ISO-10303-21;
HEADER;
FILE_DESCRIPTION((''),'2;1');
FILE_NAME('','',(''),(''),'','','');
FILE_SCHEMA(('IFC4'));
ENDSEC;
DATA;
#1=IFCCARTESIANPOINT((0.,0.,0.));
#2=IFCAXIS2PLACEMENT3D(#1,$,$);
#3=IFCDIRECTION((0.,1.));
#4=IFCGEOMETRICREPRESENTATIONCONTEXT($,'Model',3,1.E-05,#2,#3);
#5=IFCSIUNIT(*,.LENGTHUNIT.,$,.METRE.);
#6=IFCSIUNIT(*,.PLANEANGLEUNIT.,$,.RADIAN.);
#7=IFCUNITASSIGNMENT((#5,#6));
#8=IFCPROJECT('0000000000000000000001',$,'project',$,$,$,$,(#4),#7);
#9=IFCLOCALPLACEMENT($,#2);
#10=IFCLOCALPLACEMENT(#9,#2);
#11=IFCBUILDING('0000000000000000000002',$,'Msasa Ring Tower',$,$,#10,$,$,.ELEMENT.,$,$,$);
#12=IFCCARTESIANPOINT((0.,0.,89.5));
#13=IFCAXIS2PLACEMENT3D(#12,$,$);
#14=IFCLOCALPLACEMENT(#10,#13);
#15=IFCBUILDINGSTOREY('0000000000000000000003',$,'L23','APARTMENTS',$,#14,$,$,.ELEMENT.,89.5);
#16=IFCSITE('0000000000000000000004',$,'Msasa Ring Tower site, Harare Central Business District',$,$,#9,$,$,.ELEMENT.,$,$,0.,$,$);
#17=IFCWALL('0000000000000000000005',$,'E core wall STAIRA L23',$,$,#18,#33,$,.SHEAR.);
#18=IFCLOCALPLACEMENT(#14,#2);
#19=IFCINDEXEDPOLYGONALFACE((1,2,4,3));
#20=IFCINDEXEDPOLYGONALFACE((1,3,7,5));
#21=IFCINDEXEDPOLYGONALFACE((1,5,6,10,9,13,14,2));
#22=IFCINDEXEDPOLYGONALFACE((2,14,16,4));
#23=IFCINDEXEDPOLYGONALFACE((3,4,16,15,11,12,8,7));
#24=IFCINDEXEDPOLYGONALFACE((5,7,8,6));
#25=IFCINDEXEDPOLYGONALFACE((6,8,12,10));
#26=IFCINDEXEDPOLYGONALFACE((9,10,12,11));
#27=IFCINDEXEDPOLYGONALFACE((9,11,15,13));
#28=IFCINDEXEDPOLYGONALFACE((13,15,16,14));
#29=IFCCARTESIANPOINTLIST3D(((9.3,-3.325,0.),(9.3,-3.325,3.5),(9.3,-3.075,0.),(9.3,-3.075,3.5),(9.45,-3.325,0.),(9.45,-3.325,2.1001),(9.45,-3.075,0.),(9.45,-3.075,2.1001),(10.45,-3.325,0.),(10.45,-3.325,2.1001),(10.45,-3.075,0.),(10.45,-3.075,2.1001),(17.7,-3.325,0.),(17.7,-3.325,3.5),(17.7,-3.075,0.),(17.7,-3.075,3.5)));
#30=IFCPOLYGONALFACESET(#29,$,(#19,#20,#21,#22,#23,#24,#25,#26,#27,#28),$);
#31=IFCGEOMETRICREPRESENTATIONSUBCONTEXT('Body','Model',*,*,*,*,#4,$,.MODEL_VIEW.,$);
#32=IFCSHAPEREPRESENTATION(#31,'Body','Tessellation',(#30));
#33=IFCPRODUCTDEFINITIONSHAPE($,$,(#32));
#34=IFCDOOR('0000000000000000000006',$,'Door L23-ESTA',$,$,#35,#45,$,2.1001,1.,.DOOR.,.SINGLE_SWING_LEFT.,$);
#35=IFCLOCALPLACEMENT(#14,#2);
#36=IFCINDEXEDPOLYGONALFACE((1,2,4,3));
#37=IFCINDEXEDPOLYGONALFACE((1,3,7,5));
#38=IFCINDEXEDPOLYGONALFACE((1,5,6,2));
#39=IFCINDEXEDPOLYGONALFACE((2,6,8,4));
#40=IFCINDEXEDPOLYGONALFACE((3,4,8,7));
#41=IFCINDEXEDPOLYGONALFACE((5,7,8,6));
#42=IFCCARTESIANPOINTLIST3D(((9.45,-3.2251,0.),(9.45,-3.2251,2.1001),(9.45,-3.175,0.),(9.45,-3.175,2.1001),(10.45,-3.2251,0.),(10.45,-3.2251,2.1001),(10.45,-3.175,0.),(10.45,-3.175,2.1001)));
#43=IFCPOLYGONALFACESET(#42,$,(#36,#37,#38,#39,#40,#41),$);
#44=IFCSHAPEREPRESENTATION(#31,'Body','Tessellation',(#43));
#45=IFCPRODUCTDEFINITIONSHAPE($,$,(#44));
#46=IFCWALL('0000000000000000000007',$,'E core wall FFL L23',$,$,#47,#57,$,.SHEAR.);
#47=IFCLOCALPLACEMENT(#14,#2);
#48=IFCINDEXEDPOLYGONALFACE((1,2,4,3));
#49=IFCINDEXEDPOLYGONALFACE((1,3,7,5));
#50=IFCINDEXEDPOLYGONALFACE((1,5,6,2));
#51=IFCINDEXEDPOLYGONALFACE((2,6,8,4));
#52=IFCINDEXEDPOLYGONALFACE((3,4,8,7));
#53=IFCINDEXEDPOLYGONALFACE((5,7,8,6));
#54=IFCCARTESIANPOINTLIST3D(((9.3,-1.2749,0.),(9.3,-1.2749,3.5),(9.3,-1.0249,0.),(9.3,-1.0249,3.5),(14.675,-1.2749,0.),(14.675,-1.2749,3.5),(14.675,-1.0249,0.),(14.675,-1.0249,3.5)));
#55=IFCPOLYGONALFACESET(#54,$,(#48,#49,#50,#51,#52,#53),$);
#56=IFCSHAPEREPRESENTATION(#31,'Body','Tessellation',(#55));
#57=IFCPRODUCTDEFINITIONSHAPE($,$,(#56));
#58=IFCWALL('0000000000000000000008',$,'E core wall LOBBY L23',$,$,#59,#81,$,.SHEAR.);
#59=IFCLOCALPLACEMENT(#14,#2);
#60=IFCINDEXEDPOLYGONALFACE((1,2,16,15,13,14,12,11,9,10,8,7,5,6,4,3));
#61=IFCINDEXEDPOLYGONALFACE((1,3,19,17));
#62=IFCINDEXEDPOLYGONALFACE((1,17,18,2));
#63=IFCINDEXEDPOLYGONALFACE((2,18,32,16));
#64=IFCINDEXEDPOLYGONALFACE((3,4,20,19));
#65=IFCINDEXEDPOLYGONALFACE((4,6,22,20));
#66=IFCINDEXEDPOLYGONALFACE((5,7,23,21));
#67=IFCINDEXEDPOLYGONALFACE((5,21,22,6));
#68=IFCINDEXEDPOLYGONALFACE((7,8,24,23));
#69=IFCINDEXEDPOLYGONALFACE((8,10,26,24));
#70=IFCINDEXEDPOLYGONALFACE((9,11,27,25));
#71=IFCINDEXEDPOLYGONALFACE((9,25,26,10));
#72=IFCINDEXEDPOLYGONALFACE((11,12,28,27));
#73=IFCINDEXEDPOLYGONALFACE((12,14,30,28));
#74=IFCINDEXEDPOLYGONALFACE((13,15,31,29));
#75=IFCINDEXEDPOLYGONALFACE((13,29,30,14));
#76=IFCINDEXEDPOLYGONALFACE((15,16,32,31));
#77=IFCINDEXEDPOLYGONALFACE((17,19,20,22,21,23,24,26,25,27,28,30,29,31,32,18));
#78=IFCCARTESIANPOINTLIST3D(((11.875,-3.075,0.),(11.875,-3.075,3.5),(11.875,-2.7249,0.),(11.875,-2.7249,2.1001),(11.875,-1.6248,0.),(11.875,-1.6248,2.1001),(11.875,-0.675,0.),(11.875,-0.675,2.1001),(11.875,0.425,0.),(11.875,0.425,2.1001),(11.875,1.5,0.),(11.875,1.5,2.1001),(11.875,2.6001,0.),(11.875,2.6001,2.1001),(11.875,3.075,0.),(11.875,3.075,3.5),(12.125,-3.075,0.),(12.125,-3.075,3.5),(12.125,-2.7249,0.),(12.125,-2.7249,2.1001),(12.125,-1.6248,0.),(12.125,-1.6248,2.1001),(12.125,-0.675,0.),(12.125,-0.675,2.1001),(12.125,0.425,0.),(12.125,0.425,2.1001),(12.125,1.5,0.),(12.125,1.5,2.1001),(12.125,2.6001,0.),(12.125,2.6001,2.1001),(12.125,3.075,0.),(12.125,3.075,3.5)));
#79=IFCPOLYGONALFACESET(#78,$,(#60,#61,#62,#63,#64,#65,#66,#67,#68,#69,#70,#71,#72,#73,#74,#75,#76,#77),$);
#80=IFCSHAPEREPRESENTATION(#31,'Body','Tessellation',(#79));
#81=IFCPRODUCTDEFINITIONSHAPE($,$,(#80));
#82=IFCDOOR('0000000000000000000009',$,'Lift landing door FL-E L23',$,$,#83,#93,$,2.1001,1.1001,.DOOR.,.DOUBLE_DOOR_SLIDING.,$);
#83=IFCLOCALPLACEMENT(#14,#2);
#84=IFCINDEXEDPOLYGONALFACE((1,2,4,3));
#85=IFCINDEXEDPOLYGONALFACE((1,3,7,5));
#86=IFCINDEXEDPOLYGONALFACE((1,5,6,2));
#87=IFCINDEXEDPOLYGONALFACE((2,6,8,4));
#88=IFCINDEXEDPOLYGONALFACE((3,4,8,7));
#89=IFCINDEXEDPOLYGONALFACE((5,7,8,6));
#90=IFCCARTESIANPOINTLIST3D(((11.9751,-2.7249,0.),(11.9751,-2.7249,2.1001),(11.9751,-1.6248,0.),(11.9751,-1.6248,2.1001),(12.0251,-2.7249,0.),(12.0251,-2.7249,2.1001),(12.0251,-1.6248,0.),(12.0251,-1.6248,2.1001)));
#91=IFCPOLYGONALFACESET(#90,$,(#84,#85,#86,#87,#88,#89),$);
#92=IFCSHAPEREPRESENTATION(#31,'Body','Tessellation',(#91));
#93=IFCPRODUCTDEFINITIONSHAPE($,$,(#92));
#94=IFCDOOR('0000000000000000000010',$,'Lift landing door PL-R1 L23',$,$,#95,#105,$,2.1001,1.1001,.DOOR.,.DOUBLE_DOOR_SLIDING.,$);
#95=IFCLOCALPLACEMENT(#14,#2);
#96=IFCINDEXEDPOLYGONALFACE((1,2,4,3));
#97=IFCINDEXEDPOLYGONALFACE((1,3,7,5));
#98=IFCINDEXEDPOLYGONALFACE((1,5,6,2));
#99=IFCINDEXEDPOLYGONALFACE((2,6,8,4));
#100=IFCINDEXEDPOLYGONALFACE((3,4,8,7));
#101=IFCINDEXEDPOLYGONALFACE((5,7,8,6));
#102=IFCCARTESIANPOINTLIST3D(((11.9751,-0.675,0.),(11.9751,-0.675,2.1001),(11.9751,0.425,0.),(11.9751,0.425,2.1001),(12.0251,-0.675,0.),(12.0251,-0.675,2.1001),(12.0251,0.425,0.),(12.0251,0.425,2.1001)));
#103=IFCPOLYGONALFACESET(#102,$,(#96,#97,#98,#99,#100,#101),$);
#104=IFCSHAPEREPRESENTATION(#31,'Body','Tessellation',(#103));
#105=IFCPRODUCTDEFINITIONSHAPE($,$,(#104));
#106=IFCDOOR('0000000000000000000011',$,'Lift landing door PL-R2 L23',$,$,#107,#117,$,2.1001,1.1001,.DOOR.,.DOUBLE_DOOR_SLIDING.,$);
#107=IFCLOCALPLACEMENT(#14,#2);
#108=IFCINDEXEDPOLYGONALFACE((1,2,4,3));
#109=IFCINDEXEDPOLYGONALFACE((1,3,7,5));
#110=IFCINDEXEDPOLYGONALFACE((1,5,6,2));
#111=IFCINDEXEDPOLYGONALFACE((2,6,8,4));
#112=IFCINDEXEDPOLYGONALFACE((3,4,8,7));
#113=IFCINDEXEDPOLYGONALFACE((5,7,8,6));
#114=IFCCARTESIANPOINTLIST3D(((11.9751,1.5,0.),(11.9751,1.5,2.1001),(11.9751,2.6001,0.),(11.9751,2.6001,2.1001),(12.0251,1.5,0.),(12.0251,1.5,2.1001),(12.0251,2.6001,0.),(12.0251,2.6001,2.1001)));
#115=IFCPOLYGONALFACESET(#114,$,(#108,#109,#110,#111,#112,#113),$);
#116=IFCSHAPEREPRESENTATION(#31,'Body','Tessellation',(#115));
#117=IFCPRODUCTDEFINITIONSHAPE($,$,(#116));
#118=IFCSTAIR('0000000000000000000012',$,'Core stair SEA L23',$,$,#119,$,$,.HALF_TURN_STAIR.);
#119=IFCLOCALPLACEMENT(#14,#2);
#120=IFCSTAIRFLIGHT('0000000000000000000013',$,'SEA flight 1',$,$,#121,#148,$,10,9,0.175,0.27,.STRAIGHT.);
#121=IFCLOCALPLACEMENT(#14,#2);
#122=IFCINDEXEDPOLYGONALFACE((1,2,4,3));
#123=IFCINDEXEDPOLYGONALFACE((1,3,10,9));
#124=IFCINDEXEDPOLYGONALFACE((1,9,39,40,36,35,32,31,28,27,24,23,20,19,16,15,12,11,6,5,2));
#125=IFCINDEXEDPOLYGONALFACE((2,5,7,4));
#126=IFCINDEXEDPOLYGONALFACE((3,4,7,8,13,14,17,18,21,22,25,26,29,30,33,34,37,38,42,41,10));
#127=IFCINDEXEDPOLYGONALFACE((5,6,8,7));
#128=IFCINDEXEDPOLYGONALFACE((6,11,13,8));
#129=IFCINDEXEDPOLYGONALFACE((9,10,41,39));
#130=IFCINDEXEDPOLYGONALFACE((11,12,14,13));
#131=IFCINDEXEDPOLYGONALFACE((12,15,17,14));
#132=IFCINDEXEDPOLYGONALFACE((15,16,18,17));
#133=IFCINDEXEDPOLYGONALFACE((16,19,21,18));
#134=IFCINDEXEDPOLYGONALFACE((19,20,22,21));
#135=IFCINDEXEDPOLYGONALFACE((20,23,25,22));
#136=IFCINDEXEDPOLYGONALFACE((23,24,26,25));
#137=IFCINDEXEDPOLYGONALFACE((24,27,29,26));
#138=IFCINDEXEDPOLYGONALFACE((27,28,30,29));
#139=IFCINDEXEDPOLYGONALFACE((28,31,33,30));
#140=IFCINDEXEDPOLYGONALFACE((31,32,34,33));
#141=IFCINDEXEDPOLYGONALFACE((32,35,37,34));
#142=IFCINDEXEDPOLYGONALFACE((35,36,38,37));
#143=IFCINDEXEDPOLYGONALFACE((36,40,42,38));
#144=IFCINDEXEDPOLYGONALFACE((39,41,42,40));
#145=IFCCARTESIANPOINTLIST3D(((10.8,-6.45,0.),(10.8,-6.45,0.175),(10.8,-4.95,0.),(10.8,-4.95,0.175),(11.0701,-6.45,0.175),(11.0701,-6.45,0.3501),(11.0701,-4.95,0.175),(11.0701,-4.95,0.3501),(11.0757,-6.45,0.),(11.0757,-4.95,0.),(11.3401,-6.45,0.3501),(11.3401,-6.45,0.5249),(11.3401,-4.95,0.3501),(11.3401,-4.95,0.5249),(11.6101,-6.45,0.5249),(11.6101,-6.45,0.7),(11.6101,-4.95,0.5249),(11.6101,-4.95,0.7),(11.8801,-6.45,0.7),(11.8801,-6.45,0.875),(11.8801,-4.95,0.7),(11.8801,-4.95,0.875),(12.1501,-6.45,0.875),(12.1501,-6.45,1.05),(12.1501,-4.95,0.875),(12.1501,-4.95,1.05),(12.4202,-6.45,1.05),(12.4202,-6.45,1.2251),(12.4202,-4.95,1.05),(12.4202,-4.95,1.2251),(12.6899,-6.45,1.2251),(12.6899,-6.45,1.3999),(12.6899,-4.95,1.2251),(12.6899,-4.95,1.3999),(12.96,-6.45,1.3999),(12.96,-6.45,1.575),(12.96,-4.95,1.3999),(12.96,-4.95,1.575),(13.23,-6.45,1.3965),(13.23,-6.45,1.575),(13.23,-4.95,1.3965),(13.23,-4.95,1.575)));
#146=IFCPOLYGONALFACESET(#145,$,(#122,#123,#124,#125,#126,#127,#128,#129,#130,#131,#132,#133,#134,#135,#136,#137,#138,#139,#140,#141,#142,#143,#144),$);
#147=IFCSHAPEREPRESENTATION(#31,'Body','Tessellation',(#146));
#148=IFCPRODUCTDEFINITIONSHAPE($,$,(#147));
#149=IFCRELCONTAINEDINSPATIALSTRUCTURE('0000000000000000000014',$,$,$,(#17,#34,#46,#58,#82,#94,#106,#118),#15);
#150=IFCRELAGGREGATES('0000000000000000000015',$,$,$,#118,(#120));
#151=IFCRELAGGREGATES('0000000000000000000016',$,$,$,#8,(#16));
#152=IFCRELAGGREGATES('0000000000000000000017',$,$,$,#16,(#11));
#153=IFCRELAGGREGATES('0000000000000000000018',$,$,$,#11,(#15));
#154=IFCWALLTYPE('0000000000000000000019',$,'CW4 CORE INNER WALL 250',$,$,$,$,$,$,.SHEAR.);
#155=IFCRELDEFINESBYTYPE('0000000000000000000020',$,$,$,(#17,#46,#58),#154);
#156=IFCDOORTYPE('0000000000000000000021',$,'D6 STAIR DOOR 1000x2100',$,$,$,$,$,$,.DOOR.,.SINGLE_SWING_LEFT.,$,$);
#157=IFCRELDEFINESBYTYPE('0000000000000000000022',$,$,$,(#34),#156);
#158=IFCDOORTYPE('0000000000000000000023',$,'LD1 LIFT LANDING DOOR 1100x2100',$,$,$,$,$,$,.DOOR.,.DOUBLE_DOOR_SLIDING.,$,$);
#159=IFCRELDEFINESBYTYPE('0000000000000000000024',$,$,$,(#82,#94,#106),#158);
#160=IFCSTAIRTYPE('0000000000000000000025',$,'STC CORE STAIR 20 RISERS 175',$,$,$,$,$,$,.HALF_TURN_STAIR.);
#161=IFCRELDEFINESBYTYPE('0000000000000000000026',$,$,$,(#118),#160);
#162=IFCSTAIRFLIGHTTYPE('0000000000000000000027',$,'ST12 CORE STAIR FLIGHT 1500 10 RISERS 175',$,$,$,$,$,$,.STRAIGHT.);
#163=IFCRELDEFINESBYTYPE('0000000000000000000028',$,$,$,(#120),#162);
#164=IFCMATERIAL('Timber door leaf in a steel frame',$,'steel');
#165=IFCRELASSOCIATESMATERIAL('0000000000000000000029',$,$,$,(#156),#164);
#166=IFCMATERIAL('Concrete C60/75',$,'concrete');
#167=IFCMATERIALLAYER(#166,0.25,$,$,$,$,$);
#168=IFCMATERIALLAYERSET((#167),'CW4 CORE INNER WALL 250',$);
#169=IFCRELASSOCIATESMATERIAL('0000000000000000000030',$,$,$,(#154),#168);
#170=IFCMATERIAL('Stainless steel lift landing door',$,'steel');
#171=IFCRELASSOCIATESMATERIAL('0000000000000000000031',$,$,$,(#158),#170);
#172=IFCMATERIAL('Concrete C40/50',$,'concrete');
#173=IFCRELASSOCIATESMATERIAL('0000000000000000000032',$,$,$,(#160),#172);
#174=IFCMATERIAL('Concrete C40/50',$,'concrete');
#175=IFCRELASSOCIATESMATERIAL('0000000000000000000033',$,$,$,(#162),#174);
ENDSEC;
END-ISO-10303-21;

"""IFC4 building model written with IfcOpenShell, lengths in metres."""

from ifc_helpers import new_model, si_unit, direction, frame, frame_2d, origin, place, context, subcontext, project, spatial, polyline, rectangle, outline, extrude, material, layer, layer_set, type_object, element, fill, aggregate, save


model = new_model("IFC4")

# Units and contexts
model_context = context("Model", 3, precision=1e-05, world=origin(), true_north=direction((0.0, 1.0)))
body_context = subcontext(model_context, "Body", "Model", "MODEL_VIEW")
ifc_project = project(units=[si_unit("LENGTHUNIT", "METRE"), si_unit("PLANEANGLEUNIT", "RADIAN")], contexts=[model_context])

# Site, building, storey
site_placement = place(None, origin())
site = spatial("IfcSite", under=ifc_project, at=site_placement, Name="Msasa Ring Tower site, Harare Central Business District", CompositionType="ELEMENT", RefElevation=0.0)
building_placement = place(site_placement, origin())
building = spatial("IfcBuilding", under=site, at=building_placement, Name="Msasa Ring Tower", CompositionType="ELEMENT")
storey_placement = place(building_placement, frame((0.0, 0.0, 89.5)))
storey = spatial("IfcBuildingStorey", under=building, at=storey_placement, Name="L23", Description="APARTMENTS", CompositionType="ELEMENT", Elevation=89.5)

# Shared definitions
ifc_material_1 = material(Name="Timber door leaf in a steel frame", Category="steel")
door_type_1 = type_object("IfcDoorType", Name="D6 STAIR DOOR 1000x2100", OperationType="SINGLE_SWING_LEFT", PredefinedType="DOOR", material=ifc_material_1)

# Wall, opening, door
ifc_material_2 = material(Name="Concrete C60/75", Category="concrete")
ifc_layer_1 = layer(ifc_material_2, 0.25)
ifc_layer_set_1 = layer_set([ifc_layer_1], Name="CW4 CORE INNER WALL 250")
wall_type_1 = type_object("IfcWallType", Name="CW4 CORE INNER WALL 250", PredefinedType="SHEAR", material=ifc_layer_set_1)
wall_1_placement = place(storey_placement, frame((9.3, -3.2, 0.0), z_axis=(0.0, 0.0, 1.0), x_axis=(1.0, 0.0, 0.0)))
wall_1 = element("IfcWall", 1, at=wall_1_placement, inside=storey, type_object=wall_type_1, Name="E core wall STAIRA L23", PredefinedType="SHEAR", context=body_context, shape_type="SweptSolid", body=[
    extrude(rectangle(XDim=8.3999, YDim=0.25, at=frame_2d((4.2, 0.0))), origin(), (0.0, 0.0, 1.0), 3.5),
])
opening_1_placement = place(wall_1_placement, frame((0.1499, 0.0, 0.0)))
opening_1 = element("IfcOpeningElement", 2, at=opening_1_placement, cuts=wall_1, PredefinedType="OPENING", context=body_context, shape_type="SweptSolid", body=[
    extrude(rectangle(XDim=1.0, YDim=2.1001, at=frame_2d((0.5, 1.05))), frame((0.0, 0.135, 0.0), z_axis=(0.0, -1.0, 0.0), x_axis=(1.0, 0.0, 0.0)), (0.0, 0.0, 1.0), 0.27),
])
door_1_placement = place(opening_1_placement, origin())
door_1 = element("IfcDoor", 3, at=door_1_placement, inside=storey, type_object=door_type_1, Name="Door L23-ESTA", OperationType="SINGLE_SWING_LEFT", OverallHeight=2.1001, OverallWidth=1.0, PredefinedType="DOOR", context=body_context, shape_type="SweptSolid", body=[
    extrude(rectangle(XDim=1.0, YDim=2.1001, at=frame_2d((0.5, 1.05))), frame((0.0, 0.0249, 0.0), z_axis=(0.0, -1.0, 0.0), x_axis=(1.0, 0.0, 0.0)), (0.0, 0.0, 1.0), 0.05),
])
fill(opening_1, door_1)

# Wall
wall_2_placement = place(storey_placement, frame((9.3, -1.1499, 0.0), z_axis=(0.0, 0.0, 1.0), x_axis=(1.0, 0.0, 0.0)))
element("IfcWall", 4, at=wall_2_placement, inside=storey, type_object=wall_type_1, Name="E core wall FFL L23", PredefinedType="SHEAR", context=body_context, shape_type="SweptSolid", body=[
    extrude(rectangle(XDim=5.375, YDim=0.25, at=frame_2d((2.6875, 0.0))), origin(), (0.0, 0.0, 1.0), 3.5),
])

# Wall, openings, doors
wall_3_placement = place(storey_placement, frame((12.0, -3.075, 0.0), z_axis=(0.0, 0.0, 1.0), x_axis=(0.0, 1.0, 0.0)))
wall_3 = element("IfcWall", 5, at=wall_3_placement, inside=storey, type_object=wall_type_1, Name="E core wall LOBBY L23", PredefinedType="SHEAR", context=body_context, shape_type="SweptSolid", body=[
    extrude(rectangle(XDim=6.1499, YDim=0.25, at=frame_2d((3.075, 0.0))), origin(), (0.0, 0.0, 1.0), 3.5),
])
opening_2_placement = place(wall_3_placement, frame((0.3501, 0.0, 0.0)))
opening_2 = element("IfcOpeningElement", 6, at=opening_2_placement, cuts=wall_3, PredefinedType="OPENING", context=body_context, shape_type="SweptSolid", body=[
    extrude(rectangle(XDim=1.1001, YDim=2.1001, at=frame_2d((0.55, 1.05))), frame((0.0, 0.135, 0.0), z_axis=(0.0, -1.0, 0.0), x_axis=(1.0, 0.0, 0.0)), (0.0, 0.0, 1.0), 0.27),
])
opening_3_placement = place(wall_3_placement, frame((2.3999, 0.0, 0.0)))
opening_3 = element("IfcOpeningElement", 7, at=opening_3_placement, cuts=wall_3, PredefinedType="OPENING", context=body_context, shape_type="SweptSolid", body=[
    extrude(rectangle(XDim=1.1001, YDim=2.1001, at=frame_2d((0.55, 1.05))), frame((0.0, 0.135, 0.0), z_axis=(0.0, -1.0, 0.0), x_axis=(1.0, 0.0, 0.0)), (0.0, 0.0, 1.0), 0.27),
])
opening_4_placement = place(wall_3_placement, frame((4.575, 0.0, 0.0)))
opening_4 = element("IfcOpeningElement", 8, at=opening_4_placement, cuts=wall_3, PredefinedType="OPENING", context=body_context, shape_type="SweptSolid", body=[
    extrude(rectangle(XDim=1.1001, YDim=2.1001, at=frame_2d((0.55, 1.05))), frame((0.0, 0.135, 0.0), z_axis=(0.0, -1.0, 0.0), x_axis=(1.0, 0.0, 0.0)), (0.0, 0.0, 1.0), 0.27),
])
ifc_material_3 = material(Name="Stainless steel lift landing door", Category="steel")
door_type_2 = type_object("IfcDoorType", Name="LD1 LIFT LANDING DOOR 1100x2100", OperationType="DOUBLE_DOOR_SLIDING", PredefinedType="DOOR", material=ifc_material_3)
door_2_placement = place(opening_2_placement, origin())
door_2 = element("IfcDoor", 9, at=door_2_placement, inside=storey, type_object=door_type_2, Name="Lift landing door FL-E L23", OperationType="DOUBLE_DOOR_SLIDING", OverallHeight=2.1001, OverallWidth=1.1001, PredefinedType="DOOR", context=body_context, shape_type="SweptSolid", body=[
    extrude(rectangle(XDim=1.1001, YDim=2.1001, at=frame_2d((0.55, 1.05))), frame((0.0, 0.0249, 0.0), z_axis=(0.0, -1.0, 0.0), x_axis=(1.0, 0.0, 0.0)), (0.0, 0.0, 1.0), 0.05),
])
fill(opening_2, door_2)
door_3_placement = place(opening_3_placement, origin())
door_3 = element("IfcDoor", 10, at=door_3_placement, inside=storey, type_object=door_type_2, Name="Lift landing door PL-R1 L23", OperationType="DOUBLE_DOOR_SLIDING", OverallHeight=2.1001, OverallWidth=1.1001, PredefinedType="DOOR", context=body_context, shape_type="SweptSolid", body=[
    extrude(rectangle(XDim=1.1001, YDim=2.1001, at=frame_2d((0.55, 1.05))), frame((0.0, 0.0249, 0.0), z_axis=(0.0, -1.0, 0.0), x_axis=(1.0, 0.0, 0.0)), (0.0, 0.0, 1.0), 0.05),
])
fill(opening_3, door_3)
door_4_placement = place(opening_4_placement, origin())
door_4 = element("IfcDoor", 11, at=door_4_placement, inside=storey, type_object=door_type_2, Name="Lift landing door PL-R2 L23", OperationType="DOUBLE_DOOR_SLIDING", OverallHeight=2.1001, OverallWidth=1.1001, PredefinedType="DOOR", context=body_context, shape_type="SweptSolid", body=[
    extrude(rectangle(XDim=1.1001, YDim=2.1001, at=frame_2d((0.55, 1.05))), frame((0.0, 0.0249, 0.0), z_axis=(0.0, -1.0, 0.0), x_axis=(1.0, 0.0, 0.0)), (0.0, 0.0, 1.0), 0.05),
])
fill(opening_4, door_4)

# Stair, stair flight
ifc_material_4 = material(Name="Concrete C40/50", Category="concrete")
stair_type = type_object("IfcStairType", Name="STC CORE STAIR 20 RISERS 175", PredefinedType="HALF_TURN_STAIR", material=ifc_material_4)
stair_placement = place(storey_placement, origin())
stair = element("IfcStair", 12, at=stair_placement, inside=storey, type_object=stair_type, Name="Core stair SEA L23", PredefinedType="HALF_TURN_STAIR")
ifc_material_5 = material(Name="Concrete C40/50", Category="concrete")
stair_flight_type = type_object("IfcStairFlightType", Name="ST12 CORE STAIR FLIGHT 1500 10 RISERS 175", PredefinedType="STRAIGHT", material=ifc_material_5)
stair_flight_placement = place(storey_placement, frame((10.8, -5.7, 0.0), z_axis=(0.0, 0.0, 1.0), x_axis=(1.0, 0.0, 0.0)))
stair_flight = element("IfcStairFlight", 13, at=stair_flight_placement, type_object=stair_flight_type, Name="SEA flight 1", NumberOfRisers=10, NumberOfTreads=9, PredefinedType="STRAIGHT", RiserHeight=0.175, TreadLength=0.27, context=body_context, shape_type="SweptSolid", body=[
    extrude(outline(polyline([(0.0, 0.0), (0.0, 0.175), (0.27, 0.175), (0.27, 0.3501), (0.54, 0.3501), (0.54, 0.5249), (0.8101, 0.5249), (0.8101, 0.7), (1.0801, 0.7), (1.0801, 0.875), (1.3501, 0.875), (1.3501, 1.05), (1.6201, 1.05), (1.6201, 1.2251), (1.8899, 1.2251), (1.8899, 1.3999), (2.1599, 1.3999), (2.1599, 1.575), (2.4299, 1.575), (2.4299, 1.75), (2.4299, 1.3965), (0.2756, 0.0), (0.0, 0.0)])), frame((0.0, 0.75, 0.0), z_axis=(0.0, -1.0, 0.0), x_axis=(1.0, 0.0, 0.0)), (0.0, 0.0, 1.0), 1.5),
])
aggregate(stair, [stair_flight])

save(model, "model.ifc")
